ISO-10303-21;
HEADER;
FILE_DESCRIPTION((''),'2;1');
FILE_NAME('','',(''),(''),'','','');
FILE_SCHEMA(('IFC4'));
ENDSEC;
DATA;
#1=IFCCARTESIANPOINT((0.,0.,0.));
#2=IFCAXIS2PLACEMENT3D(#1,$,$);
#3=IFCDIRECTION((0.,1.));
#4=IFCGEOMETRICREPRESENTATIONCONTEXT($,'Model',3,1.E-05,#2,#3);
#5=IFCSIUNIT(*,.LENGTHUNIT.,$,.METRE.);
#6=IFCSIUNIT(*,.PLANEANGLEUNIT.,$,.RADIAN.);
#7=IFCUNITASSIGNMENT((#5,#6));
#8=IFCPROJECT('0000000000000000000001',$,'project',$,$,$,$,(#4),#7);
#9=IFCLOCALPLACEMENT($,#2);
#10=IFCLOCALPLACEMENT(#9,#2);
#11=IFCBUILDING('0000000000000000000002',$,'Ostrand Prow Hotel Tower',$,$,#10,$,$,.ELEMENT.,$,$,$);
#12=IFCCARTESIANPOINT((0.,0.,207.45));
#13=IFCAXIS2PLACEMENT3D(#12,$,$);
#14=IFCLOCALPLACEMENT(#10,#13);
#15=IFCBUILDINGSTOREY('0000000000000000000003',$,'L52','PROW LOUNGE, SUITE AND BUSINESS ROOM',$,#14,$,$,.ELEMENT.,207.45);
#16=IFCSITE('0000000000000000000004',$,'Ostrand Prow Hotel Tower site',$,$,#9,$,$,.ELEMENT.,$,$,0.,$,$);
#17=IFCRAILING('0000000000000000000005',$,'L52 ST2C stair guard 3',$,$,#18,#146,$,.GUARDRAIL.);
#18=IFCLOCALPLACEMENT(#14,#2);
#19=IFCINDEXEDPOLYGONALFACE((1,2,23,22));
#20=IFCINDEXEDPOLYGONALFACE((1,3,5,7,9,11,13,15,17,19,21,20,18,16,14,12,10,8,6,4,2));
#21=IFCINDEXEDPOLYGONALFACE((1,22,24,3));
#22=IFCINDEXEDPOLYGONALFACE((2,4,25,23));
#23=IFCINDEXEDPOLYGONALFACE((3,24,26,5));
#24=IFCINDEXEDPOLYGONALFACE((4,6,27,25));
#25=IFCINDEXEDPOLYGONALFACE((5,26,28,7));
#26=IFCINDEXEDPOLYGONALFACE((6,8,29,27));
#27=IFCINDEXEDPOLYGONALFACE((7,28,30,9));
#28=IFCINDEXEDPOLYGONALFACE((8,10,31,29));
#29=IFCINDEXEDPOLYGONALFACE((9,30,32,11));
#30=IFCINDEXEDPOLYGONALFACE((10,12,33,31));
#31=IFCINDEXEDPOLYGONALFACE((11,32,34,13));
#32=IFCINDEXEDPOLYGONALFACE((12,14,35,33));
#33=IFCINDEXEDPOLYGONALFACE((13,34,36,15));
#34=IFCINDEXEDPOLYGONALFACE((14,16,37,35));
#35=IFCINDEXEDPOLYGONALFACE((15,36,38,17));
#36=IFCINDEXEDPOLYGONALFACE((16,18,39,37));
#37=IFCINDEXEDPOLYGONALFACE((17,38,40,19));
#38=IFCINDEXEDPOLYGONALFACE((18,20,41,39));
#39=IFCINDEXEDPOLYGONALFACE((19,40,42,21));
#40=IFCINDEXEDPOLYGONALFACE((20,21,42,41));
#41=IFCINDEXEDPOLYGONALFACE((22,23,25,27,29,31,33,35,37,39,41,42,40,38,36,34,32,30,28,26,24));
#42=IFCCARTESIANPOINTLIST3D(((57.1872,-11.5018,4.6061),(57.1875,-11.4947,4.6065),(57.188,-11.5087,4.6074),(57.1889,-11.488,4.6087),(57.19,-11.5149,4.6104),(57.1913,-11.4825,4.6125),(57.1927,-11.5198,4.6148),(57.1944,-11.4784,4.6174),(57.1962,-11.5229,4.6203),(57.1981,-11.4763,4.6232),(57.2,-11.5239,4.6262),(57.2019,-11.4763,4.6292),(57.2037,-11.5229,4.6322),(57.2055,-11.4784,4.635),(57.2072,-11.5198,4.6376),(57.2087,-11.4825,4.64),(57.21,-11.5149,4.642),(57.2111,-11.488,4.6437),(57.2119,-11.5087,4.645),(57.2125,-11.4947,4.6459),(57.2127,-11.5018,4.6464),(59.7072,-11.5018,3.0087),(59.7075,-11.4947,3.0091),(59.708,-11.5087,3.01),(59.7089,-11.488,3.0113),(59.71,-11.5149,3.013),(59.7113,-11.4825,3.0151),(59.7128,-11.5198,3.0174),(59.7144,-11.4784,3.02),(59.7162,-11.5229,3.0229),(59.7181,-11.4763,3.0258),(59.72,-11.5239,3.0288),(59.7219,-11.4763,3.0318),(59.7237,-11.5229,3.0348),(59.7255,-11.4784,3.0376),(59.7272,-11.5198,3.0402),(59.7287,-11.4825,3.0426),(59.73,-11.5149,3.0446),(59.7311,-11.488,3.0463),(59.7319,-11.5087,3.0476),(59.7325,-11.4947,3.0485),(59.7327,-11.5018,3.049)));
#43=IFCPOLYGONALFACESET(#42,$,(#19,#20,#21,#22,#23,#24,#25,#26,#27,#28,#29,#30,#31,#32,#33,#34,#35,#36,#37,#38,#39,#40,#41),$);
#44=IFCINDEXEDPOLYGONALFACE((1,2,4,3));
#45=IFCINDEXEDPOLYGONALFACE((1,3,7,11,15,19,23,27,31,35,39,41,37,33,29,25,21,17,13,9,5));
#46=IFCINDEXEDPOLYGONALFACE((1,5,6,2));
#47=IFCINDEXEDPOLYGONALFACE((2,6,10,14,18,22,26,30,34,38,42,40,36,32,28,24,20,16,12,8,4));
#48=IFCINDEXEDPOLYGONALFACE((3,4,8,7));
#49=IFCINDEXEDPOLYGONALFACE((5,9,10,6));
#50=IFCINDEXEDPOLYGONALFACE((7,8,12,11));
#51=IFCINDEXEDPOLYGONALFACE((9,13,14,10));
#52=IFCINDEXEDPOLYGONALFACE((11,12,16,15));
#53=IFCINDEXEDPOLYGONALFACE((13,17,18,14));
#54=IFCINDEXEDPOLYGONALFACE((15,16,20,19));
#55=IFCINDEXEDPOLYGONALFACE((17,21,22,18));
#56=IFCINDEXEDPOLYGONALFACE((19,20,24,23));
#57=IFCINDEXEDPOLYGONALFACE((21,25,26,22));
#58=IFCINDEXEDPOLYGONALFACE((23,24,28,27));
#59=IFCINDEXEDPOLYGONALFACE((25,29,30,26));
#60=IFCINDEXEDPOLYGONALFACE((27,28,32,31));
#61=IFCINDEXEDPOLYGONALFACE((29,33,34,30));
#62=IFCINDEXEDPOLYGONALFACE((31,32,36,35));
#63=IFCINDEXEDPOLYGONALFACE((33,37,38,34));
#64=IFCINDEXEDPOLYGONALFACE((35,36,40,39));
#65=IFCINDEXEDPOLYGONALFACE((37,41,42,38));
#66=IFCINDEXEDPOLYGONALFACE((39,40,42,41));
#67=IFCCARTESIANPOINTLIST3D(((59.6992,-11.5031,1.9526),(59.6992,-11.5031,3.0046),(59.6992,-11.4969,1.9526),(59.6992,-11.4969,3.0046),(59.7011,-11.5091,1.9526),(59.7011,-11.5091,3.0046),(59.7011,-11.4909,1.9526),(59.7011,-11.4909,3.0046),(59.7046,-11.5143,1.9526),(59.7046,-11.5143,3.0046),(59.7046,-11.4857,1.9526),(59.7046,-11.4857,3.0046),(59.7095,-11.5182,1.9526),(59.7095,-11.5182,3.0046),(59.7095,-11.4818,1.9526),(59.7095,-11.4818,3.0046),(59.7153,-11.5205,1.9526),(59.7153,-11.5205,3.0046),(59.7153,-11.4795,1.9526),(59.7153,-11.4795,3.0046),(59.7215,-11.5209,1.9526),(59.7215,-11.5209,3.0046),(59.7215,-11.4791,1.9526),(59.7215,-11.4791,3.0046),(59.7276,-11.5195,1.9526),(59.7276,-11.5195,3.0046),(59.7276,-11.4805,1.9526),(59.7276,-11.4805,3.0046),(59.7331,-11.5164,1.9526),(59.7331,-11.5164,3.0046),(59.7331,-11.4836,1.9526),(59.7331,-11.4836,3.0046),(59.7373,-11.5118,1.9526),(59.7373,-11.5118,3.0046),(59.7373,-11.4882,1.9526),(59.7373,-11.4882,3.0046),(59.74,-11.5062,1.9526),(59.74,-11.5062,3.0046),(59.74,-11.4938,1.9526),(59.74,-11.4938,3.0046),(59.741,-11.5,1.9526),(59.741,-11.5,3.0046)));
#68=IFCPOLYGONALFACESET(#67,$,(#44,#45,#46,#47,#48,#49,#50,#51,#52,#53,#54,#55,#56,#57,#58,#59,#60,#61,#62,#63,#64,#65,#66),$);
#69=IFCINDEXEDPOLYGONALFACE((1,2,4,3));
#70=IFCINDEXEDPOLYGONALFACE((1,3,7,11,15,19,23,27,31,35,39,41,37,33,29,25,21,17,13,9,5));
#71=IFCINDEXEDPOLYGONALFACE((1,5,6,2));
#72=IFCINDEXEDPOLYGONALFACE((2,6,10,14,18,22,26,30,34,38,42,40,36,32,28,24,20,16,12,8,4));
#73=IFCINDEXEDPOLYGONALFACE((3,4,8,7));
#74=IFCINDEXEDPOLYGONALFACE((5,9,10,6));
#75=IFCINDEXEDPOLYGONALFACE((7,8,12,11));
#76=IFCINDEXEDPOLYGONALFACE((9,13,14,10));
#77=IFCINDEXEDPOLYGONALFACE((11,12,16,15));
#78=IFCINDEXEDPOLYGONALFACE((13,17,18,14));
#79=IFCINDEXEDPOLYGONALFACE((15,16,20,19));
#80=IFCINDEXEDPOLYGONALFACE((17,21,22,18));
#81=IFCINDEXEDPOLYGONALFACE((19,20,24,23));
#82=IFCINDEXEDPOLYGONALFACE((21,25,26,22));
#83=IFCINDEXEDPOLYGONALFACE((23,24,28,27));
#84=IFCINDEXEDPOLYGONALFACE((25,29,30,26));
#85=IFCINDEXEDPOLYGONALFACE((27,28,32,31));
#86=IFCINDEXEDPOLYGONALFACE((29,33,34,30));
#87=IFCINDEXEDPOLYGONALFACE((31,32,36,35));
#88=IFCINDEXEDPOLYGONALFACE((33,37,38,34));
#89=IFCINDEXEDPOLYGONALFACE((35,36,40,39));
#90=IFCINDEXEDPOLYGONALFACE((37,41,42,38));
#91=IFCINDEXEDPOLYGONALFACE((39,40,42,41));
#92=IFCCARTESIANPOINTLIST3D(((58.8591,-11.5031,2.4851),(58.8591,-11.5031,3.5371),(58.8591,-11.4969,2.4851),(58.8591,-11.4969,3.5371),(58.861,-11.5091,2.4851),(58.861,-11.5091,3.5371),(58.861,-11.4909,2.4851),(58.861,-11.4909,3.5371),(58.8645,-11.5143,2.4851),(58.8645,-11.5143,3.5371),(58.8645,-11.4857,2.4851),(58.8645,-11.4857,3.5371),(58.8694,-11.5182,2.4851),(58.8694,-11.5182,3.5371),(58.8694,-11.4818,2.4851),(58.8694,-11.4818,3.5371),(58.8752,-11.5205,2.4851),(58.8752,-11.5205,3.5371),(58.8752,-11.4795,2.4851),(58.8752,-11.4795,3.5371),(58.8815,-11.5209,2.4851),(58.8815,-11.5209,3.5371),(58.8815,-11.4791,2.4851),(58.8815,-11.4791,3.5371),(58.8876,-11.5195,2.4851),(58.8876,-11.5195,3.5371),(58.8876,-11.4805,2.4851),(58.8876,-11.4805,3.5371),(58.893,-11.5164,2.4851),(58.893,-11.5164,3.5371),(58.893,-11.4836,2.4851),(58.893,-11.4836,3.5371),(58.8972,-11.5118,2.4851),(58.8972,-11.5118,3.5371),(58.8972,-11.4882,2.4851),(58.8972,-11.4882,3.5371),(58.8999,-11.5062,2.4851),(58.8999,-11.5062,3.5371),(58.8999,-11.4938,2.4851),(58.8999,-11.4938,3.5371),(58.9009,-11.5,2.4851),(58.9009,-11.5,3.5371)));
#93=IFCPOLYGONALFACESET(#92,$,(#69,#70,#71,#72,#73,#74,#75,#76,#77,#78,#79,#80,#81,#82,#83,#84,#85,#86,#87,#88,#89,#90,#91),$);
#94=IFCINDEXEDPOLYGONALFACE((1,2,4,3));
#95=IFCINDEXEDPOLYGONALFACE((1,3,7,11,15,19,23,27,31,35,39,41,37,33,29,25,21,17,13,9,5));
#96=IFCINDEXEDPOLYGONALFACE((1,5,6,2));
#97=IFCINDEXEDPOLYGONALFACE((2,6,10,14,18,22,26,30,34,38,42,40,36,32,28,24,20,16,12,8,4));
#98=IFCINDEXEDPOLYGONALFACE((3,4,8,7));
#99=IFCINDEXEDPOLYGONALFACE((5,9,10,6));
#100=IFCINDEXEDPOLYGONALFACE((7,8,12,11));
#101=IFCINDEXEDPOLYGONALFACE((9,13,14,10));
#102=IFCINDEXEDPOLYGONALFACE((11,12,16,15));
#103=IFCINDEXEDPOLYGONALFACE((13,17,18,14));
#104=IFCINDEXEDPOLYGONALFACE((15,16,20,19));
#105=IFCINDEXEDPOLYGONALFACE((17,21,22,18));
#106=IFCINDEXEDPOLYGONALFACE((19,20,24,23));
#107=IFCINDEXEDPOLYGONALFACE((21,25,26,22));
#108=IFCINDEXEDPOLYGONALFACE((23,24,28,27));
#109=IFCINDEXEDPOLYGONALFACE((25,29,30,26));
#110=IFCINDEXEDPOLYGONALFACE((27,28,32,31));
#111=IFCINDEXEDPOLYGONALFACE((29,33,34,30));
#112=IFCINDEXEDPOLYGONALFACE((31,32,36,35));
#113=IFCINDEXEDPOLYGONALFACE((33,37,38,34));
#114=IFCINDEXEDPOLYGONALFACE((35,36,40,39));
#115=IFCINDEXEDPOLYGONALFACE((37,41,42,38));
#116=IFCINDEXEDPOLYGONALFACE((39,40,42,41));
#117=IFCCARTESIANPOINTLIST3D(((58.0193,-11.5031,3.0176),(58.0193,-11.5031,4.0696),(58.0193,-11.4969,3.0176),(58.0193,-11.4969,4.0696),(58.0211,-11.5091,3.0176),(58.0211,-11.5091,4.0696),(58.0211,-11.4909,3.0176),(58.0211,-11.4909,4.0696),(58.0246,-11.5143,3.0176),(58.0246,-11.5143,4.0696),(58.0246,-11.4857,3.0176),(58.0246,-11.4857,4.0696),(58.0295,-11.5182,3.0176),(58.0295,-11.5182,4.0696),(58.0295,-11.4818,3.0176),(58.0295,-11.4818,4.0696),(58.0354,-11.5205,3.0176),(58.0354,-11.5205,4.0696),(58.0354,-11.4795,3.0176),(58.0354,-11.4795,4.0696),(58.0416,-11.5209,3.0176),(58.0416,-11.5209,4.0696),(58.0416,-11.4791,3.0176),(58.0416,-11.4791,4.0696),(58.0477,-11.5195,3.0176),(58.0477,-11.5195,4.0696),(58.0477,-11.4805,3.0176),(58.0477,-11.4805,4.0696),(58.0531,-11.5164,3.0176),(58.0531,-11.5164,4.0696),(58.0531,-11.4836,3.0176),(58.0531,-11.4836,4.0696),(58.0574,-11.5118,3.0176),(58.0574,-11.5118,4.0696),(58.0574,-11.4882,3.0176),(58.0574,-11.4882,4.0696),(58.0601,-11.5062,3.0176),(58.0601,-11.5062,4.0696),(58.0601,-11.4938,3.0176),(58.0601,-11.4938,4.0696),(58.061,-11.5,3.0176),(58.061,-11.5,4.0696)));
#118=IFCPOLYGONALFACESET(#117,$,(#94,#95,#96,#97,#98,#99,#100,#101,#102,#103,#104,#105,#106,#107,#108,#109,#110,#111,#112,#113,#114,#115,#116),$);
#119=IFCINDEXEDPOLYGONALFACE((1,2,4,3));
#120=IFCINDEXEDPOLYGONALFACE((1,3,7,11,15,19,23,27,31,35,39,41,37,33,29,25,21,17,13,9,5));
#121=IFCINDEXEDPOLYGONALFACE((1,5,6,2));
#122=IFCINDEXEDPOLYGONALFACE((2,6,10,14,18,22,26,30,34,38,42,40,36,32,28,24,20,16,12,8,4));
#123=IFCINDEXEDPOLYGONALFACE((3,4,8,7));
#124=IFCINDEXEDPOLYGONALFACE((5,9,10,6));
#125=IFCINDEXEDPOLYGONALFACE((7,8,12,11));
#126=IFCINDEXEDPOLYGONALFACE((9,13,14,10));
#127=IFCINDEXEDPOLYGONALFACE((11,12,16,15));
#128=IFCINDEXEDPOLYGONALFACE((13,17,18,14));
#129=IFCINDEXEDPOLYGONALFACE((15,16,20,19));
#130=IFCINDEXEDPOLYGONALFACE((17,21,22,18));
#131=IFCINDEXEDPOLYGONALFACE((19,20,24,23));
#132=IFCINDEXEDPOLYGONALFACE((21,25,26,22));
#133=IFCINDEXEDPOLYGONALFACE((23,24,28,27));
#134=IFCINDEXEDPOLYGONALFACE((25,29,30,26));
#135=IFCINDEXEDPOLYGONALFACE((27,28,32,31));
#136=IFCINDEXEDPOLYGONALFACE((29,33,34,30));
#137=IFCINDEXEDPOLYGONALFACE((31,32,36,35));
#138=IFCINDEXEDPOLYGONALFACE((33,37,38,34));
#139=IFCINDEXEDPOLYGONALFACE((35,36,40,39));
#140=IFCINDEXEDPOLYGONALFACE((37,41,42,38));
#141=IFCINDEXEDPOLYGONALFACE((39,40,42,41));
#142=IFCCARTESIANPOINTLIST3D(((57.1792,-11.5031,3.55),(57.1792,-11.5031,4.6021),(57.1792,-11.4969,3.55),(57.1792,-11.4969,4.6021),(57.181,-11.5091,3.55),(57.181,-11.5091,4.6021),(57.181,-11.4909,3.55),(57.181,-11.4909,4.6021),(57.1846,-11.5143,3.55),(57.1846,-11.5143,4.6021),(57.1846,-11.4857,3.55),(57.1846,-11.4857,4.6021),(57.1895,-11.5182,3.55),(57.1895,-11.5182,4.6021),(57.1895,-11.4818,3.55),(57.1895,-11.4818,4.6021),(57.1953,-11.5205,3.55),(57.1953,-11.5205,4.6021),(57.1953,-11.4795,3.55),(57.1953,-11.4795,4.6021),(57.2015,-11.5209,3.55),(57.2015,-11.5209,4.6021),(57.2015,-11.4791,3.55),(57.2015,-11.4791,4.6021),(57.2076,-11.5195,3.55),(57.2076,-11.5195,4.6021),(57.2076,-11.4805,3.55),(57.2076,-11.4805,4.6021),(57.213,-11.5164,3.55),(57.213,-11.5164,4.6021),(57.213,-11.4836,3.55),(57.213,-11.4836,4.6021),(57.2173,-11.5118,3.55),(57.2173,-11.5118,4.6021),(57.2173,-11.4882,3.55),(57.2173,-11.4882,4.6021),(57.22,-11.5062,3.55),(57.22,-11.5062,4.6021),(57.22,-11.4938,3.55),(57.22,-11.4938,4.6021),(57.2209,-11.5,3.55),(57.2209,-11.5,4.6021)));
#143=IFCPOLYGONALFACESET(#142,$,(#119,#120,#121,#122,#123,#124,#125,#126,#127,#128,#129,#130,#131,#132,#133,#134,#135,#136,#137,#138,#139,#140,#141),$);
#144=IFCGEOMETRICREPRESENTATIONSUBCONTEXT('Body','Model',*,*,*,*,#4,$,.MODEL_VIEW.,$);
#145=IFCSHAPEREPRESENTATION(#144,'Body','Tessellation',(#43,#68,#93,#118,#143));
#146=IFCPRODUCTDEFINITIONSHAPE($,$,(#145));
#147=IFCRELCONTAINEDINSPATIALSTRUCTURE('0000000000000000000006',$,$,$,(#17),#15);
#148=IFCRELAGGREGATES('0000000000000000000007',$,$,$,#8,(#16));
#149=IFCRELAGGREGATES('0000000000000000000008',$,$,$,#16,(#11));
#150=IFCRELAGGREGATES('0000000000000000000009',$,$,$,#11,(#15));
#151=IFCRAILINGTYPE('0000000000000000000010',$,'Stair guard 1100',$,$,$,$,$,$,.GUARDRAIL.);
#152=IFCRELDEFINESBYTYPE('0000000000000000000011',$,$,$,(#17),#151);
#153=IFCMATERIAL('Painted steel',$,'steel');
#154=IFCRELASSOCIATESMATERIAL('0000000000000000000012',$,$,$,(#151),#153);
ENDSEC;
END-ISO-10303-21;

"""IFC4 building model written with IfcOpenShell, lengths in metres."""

from ifc_helpers import new_model, si_unit, direction, frame, origin, origin_2d, place, context, subcontext, project, spatial, circle, extrude, material, type_object, element, save


model = new_model("IFC4")

# Units and contexts
model_context = context("Model", 3, precision=1e-05, world=origin(), true_north=direction((0.0, 1.0)))
body_context = subcontext(model_context, "Body", "Model", "MODEL_VIEW")
ifc_project = project(units=[si_unit("LENGTHUNIT", "METRE"), si_unit("PLANEANGLEUNIT", "RADIAN")], contexts=[model_context])

# Site, building, storey
site_placement = place(None, origin())
site = spatial("IfcSite", under=ifc_project, at=site_placement, Name="Ostrand Prow Hotel Tower site", CompositionType="ELEMENT", RefElevation=0.0)
building_placement = place(site_placement, origin())
building = spatial("IfcBuilding", under=site, at=building_placement, Name="Ostrand Prow Hotel Tower", CompositionType="ELEMENT")
storey_placement = place(building_placement, frame((0.0, 0.0, 207.45)))
storey = spatial("IfcBuildingStorey", under=building, at=storey_placement, Name="L52", Description="PROW LOUNGE, SUITE AND BUSINESS ROOM", CompositionType="ELEMENT", Elevation=207.45)

# Railing
ifc_material_1 = material(Name="Painted steel", Category="steel")
railing_type_1 = type_object("IfcRailingType", Name="Stair guard 1100", PredefinedType="GUARDRAIL", material=ifc_material_1)
railing_1_placement = place(storey_placement, frame((59.72, -11.5, 1.9526)))
element("IfcRailing", 1, at=railing_1_placement, inside=storey, type_object=railing_type_1, Name="L52 ST2C stair guard 3", PredefinedType="GUARDRAIL", context=body_context, shape_type="SweptSolid", body=[
    extrude(circle(Radius=0.0239, at=origin_2d()), frame((0.0, 0.0, 1.0762), z_axis=(-0.844607, 0.0, 0.535387), x_axis=(0.0, -1.0, 0.0)), (0.0, 0.0, 1.0), 2.9836),
    extrude(circle(Radius=0.021, at=origin_2d()), origin(), (0.0, 0.0, 1.0), 1.052),
    extrude(circle(Radius=0.021, at=origin_2d()), frame((-0.8401, 0.0, 0.5325)), (0.0, 0.0, 1.0), 1.052),
    extrude(circle(Radius=0.021, at=origin_2d()), frame((-1.6799, 0.0, 1.0649)), (0.0, 0.0, 1.0), 1.052),
    extrude(circle(Radius=0.021, at=origin_2d()), frame((-2.52, 0.0, 1.5974)), (0.0, 0.0, 1.0), 1.052),
])

save(model, "model.ifc")
